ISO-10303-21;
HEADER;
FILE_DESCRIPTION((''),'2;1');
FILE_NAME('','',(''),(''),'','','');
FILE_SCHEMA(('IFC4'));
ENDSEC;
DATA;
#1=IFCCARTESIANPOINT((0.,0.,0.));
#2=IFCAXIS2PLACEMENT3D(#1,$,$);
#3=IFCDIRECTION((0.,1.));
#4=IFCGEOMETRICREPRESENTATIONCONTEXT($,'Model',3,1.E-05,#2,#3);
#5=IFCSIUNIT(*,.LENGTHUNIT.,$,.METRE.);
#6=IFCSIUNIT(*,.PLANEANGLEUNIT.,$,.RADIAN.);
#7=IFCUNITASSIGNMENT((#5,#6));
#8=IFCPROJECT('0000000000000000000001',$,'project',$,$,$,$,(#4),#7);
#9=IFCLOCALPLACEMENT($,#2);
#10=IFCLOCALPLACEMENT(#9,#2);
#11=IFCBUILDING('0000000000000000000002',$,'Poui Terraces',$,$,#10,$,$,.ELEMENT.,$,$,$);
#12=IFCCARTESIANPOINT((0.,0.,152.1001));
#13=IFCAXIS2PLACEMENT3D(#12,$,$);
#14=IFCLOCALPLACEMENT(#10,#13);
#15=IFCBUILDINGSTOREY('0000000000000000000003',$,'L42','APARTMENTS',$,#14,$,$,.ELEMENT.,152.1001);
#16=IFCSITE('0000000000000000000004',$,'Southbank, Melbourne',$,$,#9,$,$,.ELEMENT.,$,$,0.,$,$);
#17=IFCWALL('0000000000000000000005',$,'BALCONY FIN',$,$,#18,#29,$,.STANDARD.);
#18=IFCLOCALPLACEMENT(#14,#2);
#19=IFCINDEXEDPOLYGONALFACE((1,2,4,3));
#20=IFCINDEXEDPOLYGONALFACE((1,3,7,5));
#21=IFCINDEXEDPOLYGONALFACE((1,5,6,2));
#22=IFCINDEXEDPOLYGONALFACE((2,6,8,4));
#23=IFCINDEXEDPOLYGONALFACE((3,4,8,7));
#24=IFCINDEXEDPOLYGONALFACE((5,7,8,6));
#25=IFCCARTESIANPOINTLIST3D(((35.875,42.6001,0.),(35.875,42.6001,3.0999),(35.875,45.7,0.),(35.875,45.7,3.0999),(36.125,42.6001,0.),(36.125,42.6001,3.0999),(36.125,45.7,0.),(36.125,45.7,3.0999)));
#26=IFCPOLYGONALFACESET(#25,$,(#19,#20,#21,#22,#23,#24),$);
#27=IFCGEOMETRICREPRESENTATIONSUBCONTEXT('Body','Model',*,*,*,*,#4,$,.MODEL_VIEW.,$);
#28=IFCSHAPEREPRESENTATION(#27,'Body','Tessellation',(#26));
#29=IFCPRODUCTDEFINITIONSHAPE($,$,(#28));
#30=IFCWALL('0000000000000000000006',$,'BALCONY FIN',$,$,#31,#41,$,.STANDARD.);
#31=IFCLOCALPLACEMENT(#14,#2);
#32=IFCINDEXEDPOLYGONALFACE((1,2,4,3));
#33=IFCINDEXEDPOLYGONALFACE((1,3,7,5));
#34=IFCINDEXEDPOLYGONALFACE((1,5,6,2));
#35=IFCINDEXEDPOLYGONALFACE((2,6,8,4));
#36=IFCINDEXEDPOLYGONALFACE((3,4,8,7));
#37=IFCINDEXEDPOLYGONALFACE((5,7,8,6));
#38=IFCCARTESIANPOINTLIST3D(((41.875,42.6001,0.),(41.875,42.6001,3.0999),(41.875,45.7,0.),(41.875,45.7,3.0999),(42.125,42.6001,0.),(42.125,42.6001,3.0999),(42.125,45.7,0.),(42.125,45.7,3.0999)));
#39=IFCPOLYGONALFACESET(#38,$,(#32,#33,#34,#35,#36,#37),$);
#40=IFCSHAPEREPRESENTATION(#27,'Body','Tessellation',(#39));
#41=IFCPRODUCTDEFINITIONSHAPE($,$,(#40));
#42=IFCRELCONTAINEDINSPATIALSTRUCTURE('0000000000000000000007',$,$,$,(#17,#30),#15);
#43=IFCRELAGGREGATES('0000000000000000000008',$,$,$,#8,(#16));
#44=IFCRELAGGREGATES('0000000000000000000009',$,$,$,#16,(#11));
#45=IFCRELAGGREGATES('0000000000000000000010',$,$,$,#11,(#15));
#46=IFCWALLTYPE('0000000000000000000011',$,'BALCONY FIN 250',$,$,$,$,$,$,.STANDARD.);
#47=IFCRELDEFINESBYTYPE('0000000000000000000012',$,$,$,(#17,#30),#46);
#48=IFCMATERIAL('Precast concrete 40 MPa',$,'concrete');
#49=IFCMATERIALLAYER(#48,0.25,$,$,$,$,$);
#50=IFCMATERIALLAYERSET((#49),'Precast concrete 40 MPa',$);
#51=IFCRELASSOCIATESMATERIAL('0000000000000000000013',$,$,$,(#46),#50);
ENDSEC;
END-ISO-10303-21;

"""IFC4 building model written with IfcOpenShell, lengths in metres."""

from ifc_helpers import new_model, si_unit, direction, frame, origin, place, context, subcontext, project, spatial, polyline, outline, extrude, source, transform, mapped, material, layer, layer_set, type_object, element, save


model = new_model("IFC4")

# Units and contexts
model_context = context("Model", 3, precision=1e-05, world=origin(), true_north=direction((0.0, 1.0)))
body_context = subcontext(model_context, "Body", "Model", "MODEL_VIEW")
ifc_project = project(units=[si_unit("LENGTHUNIT", "METRE"), si_unit("PLANEANGLEUNIT", "RADIAN")], contexts=[model_context])

# Site, building, storey
site_placement = place(None, origin())
site = spatial("IfcSite", under=ifc_project, at=site_placement, Name="Southbank, Melbourne", CompositionType="ELEMENT", RefElevation=0.0)
building_placement = place(site_placement, origin())
building = spatial("IfcBuilding", under=site, at=building_placement, Name="Poui Terraces", CompositionType="ELEMENT")
storey_placement = place(building_placement, frame((0.0, 0.0, 152.1001)))
storey = spatial("IfcBuildingStorey", under=building, at=storey_placement, Name="L42", Description="APARTMENTS", CompositionType="ELEMENT", Elevation=152.1001)

# Walls
ifc_material_1 = material(Name="Precast concrete 40 MPa", Category="concrete")
ifc_layer_1 = layer(ifc_material_1, 0.25)
ifc_layer_set_1 = layer_set([ifc_layer_1], Name="Precast concrete 40 MPa")
wall_type_1 = type_object("IfcWallType", Name="BALCONY FIN 250", PredefinedType="STANDARD", material=ifc_layer_set_1)
shared_shape_1 = source(origin(), body_context, "Body", "SweptSolid", [
    extrude(outline(polyline([(0.0, 0.0), (0.25, 0.0), (0.25, 3.0999), (0.0, 3.0999), (0.0, 0.0)])), origin(), (0.0, 0.0, 1.0), 3.0999),
])
for number, where, name in (
    (1, (35.875, 42.6001, 0.0), "BALCONY FIN"),
    (2, (41.875, 42.6001, 0.0), "BALCONY FIN"),
):
    element("IfcWall", number, at=place(storey_placement, frame(where)), inside=storey, type_object=wall_type_1, Name=name, PredefinedType="STANDARD", context=body_context, shape_type="MappedRepresentation", body=[
        mapped(shared_shape_1, transform((0.0, 0.0, 0.0))),
    ])

save(model, "model.ifc")
